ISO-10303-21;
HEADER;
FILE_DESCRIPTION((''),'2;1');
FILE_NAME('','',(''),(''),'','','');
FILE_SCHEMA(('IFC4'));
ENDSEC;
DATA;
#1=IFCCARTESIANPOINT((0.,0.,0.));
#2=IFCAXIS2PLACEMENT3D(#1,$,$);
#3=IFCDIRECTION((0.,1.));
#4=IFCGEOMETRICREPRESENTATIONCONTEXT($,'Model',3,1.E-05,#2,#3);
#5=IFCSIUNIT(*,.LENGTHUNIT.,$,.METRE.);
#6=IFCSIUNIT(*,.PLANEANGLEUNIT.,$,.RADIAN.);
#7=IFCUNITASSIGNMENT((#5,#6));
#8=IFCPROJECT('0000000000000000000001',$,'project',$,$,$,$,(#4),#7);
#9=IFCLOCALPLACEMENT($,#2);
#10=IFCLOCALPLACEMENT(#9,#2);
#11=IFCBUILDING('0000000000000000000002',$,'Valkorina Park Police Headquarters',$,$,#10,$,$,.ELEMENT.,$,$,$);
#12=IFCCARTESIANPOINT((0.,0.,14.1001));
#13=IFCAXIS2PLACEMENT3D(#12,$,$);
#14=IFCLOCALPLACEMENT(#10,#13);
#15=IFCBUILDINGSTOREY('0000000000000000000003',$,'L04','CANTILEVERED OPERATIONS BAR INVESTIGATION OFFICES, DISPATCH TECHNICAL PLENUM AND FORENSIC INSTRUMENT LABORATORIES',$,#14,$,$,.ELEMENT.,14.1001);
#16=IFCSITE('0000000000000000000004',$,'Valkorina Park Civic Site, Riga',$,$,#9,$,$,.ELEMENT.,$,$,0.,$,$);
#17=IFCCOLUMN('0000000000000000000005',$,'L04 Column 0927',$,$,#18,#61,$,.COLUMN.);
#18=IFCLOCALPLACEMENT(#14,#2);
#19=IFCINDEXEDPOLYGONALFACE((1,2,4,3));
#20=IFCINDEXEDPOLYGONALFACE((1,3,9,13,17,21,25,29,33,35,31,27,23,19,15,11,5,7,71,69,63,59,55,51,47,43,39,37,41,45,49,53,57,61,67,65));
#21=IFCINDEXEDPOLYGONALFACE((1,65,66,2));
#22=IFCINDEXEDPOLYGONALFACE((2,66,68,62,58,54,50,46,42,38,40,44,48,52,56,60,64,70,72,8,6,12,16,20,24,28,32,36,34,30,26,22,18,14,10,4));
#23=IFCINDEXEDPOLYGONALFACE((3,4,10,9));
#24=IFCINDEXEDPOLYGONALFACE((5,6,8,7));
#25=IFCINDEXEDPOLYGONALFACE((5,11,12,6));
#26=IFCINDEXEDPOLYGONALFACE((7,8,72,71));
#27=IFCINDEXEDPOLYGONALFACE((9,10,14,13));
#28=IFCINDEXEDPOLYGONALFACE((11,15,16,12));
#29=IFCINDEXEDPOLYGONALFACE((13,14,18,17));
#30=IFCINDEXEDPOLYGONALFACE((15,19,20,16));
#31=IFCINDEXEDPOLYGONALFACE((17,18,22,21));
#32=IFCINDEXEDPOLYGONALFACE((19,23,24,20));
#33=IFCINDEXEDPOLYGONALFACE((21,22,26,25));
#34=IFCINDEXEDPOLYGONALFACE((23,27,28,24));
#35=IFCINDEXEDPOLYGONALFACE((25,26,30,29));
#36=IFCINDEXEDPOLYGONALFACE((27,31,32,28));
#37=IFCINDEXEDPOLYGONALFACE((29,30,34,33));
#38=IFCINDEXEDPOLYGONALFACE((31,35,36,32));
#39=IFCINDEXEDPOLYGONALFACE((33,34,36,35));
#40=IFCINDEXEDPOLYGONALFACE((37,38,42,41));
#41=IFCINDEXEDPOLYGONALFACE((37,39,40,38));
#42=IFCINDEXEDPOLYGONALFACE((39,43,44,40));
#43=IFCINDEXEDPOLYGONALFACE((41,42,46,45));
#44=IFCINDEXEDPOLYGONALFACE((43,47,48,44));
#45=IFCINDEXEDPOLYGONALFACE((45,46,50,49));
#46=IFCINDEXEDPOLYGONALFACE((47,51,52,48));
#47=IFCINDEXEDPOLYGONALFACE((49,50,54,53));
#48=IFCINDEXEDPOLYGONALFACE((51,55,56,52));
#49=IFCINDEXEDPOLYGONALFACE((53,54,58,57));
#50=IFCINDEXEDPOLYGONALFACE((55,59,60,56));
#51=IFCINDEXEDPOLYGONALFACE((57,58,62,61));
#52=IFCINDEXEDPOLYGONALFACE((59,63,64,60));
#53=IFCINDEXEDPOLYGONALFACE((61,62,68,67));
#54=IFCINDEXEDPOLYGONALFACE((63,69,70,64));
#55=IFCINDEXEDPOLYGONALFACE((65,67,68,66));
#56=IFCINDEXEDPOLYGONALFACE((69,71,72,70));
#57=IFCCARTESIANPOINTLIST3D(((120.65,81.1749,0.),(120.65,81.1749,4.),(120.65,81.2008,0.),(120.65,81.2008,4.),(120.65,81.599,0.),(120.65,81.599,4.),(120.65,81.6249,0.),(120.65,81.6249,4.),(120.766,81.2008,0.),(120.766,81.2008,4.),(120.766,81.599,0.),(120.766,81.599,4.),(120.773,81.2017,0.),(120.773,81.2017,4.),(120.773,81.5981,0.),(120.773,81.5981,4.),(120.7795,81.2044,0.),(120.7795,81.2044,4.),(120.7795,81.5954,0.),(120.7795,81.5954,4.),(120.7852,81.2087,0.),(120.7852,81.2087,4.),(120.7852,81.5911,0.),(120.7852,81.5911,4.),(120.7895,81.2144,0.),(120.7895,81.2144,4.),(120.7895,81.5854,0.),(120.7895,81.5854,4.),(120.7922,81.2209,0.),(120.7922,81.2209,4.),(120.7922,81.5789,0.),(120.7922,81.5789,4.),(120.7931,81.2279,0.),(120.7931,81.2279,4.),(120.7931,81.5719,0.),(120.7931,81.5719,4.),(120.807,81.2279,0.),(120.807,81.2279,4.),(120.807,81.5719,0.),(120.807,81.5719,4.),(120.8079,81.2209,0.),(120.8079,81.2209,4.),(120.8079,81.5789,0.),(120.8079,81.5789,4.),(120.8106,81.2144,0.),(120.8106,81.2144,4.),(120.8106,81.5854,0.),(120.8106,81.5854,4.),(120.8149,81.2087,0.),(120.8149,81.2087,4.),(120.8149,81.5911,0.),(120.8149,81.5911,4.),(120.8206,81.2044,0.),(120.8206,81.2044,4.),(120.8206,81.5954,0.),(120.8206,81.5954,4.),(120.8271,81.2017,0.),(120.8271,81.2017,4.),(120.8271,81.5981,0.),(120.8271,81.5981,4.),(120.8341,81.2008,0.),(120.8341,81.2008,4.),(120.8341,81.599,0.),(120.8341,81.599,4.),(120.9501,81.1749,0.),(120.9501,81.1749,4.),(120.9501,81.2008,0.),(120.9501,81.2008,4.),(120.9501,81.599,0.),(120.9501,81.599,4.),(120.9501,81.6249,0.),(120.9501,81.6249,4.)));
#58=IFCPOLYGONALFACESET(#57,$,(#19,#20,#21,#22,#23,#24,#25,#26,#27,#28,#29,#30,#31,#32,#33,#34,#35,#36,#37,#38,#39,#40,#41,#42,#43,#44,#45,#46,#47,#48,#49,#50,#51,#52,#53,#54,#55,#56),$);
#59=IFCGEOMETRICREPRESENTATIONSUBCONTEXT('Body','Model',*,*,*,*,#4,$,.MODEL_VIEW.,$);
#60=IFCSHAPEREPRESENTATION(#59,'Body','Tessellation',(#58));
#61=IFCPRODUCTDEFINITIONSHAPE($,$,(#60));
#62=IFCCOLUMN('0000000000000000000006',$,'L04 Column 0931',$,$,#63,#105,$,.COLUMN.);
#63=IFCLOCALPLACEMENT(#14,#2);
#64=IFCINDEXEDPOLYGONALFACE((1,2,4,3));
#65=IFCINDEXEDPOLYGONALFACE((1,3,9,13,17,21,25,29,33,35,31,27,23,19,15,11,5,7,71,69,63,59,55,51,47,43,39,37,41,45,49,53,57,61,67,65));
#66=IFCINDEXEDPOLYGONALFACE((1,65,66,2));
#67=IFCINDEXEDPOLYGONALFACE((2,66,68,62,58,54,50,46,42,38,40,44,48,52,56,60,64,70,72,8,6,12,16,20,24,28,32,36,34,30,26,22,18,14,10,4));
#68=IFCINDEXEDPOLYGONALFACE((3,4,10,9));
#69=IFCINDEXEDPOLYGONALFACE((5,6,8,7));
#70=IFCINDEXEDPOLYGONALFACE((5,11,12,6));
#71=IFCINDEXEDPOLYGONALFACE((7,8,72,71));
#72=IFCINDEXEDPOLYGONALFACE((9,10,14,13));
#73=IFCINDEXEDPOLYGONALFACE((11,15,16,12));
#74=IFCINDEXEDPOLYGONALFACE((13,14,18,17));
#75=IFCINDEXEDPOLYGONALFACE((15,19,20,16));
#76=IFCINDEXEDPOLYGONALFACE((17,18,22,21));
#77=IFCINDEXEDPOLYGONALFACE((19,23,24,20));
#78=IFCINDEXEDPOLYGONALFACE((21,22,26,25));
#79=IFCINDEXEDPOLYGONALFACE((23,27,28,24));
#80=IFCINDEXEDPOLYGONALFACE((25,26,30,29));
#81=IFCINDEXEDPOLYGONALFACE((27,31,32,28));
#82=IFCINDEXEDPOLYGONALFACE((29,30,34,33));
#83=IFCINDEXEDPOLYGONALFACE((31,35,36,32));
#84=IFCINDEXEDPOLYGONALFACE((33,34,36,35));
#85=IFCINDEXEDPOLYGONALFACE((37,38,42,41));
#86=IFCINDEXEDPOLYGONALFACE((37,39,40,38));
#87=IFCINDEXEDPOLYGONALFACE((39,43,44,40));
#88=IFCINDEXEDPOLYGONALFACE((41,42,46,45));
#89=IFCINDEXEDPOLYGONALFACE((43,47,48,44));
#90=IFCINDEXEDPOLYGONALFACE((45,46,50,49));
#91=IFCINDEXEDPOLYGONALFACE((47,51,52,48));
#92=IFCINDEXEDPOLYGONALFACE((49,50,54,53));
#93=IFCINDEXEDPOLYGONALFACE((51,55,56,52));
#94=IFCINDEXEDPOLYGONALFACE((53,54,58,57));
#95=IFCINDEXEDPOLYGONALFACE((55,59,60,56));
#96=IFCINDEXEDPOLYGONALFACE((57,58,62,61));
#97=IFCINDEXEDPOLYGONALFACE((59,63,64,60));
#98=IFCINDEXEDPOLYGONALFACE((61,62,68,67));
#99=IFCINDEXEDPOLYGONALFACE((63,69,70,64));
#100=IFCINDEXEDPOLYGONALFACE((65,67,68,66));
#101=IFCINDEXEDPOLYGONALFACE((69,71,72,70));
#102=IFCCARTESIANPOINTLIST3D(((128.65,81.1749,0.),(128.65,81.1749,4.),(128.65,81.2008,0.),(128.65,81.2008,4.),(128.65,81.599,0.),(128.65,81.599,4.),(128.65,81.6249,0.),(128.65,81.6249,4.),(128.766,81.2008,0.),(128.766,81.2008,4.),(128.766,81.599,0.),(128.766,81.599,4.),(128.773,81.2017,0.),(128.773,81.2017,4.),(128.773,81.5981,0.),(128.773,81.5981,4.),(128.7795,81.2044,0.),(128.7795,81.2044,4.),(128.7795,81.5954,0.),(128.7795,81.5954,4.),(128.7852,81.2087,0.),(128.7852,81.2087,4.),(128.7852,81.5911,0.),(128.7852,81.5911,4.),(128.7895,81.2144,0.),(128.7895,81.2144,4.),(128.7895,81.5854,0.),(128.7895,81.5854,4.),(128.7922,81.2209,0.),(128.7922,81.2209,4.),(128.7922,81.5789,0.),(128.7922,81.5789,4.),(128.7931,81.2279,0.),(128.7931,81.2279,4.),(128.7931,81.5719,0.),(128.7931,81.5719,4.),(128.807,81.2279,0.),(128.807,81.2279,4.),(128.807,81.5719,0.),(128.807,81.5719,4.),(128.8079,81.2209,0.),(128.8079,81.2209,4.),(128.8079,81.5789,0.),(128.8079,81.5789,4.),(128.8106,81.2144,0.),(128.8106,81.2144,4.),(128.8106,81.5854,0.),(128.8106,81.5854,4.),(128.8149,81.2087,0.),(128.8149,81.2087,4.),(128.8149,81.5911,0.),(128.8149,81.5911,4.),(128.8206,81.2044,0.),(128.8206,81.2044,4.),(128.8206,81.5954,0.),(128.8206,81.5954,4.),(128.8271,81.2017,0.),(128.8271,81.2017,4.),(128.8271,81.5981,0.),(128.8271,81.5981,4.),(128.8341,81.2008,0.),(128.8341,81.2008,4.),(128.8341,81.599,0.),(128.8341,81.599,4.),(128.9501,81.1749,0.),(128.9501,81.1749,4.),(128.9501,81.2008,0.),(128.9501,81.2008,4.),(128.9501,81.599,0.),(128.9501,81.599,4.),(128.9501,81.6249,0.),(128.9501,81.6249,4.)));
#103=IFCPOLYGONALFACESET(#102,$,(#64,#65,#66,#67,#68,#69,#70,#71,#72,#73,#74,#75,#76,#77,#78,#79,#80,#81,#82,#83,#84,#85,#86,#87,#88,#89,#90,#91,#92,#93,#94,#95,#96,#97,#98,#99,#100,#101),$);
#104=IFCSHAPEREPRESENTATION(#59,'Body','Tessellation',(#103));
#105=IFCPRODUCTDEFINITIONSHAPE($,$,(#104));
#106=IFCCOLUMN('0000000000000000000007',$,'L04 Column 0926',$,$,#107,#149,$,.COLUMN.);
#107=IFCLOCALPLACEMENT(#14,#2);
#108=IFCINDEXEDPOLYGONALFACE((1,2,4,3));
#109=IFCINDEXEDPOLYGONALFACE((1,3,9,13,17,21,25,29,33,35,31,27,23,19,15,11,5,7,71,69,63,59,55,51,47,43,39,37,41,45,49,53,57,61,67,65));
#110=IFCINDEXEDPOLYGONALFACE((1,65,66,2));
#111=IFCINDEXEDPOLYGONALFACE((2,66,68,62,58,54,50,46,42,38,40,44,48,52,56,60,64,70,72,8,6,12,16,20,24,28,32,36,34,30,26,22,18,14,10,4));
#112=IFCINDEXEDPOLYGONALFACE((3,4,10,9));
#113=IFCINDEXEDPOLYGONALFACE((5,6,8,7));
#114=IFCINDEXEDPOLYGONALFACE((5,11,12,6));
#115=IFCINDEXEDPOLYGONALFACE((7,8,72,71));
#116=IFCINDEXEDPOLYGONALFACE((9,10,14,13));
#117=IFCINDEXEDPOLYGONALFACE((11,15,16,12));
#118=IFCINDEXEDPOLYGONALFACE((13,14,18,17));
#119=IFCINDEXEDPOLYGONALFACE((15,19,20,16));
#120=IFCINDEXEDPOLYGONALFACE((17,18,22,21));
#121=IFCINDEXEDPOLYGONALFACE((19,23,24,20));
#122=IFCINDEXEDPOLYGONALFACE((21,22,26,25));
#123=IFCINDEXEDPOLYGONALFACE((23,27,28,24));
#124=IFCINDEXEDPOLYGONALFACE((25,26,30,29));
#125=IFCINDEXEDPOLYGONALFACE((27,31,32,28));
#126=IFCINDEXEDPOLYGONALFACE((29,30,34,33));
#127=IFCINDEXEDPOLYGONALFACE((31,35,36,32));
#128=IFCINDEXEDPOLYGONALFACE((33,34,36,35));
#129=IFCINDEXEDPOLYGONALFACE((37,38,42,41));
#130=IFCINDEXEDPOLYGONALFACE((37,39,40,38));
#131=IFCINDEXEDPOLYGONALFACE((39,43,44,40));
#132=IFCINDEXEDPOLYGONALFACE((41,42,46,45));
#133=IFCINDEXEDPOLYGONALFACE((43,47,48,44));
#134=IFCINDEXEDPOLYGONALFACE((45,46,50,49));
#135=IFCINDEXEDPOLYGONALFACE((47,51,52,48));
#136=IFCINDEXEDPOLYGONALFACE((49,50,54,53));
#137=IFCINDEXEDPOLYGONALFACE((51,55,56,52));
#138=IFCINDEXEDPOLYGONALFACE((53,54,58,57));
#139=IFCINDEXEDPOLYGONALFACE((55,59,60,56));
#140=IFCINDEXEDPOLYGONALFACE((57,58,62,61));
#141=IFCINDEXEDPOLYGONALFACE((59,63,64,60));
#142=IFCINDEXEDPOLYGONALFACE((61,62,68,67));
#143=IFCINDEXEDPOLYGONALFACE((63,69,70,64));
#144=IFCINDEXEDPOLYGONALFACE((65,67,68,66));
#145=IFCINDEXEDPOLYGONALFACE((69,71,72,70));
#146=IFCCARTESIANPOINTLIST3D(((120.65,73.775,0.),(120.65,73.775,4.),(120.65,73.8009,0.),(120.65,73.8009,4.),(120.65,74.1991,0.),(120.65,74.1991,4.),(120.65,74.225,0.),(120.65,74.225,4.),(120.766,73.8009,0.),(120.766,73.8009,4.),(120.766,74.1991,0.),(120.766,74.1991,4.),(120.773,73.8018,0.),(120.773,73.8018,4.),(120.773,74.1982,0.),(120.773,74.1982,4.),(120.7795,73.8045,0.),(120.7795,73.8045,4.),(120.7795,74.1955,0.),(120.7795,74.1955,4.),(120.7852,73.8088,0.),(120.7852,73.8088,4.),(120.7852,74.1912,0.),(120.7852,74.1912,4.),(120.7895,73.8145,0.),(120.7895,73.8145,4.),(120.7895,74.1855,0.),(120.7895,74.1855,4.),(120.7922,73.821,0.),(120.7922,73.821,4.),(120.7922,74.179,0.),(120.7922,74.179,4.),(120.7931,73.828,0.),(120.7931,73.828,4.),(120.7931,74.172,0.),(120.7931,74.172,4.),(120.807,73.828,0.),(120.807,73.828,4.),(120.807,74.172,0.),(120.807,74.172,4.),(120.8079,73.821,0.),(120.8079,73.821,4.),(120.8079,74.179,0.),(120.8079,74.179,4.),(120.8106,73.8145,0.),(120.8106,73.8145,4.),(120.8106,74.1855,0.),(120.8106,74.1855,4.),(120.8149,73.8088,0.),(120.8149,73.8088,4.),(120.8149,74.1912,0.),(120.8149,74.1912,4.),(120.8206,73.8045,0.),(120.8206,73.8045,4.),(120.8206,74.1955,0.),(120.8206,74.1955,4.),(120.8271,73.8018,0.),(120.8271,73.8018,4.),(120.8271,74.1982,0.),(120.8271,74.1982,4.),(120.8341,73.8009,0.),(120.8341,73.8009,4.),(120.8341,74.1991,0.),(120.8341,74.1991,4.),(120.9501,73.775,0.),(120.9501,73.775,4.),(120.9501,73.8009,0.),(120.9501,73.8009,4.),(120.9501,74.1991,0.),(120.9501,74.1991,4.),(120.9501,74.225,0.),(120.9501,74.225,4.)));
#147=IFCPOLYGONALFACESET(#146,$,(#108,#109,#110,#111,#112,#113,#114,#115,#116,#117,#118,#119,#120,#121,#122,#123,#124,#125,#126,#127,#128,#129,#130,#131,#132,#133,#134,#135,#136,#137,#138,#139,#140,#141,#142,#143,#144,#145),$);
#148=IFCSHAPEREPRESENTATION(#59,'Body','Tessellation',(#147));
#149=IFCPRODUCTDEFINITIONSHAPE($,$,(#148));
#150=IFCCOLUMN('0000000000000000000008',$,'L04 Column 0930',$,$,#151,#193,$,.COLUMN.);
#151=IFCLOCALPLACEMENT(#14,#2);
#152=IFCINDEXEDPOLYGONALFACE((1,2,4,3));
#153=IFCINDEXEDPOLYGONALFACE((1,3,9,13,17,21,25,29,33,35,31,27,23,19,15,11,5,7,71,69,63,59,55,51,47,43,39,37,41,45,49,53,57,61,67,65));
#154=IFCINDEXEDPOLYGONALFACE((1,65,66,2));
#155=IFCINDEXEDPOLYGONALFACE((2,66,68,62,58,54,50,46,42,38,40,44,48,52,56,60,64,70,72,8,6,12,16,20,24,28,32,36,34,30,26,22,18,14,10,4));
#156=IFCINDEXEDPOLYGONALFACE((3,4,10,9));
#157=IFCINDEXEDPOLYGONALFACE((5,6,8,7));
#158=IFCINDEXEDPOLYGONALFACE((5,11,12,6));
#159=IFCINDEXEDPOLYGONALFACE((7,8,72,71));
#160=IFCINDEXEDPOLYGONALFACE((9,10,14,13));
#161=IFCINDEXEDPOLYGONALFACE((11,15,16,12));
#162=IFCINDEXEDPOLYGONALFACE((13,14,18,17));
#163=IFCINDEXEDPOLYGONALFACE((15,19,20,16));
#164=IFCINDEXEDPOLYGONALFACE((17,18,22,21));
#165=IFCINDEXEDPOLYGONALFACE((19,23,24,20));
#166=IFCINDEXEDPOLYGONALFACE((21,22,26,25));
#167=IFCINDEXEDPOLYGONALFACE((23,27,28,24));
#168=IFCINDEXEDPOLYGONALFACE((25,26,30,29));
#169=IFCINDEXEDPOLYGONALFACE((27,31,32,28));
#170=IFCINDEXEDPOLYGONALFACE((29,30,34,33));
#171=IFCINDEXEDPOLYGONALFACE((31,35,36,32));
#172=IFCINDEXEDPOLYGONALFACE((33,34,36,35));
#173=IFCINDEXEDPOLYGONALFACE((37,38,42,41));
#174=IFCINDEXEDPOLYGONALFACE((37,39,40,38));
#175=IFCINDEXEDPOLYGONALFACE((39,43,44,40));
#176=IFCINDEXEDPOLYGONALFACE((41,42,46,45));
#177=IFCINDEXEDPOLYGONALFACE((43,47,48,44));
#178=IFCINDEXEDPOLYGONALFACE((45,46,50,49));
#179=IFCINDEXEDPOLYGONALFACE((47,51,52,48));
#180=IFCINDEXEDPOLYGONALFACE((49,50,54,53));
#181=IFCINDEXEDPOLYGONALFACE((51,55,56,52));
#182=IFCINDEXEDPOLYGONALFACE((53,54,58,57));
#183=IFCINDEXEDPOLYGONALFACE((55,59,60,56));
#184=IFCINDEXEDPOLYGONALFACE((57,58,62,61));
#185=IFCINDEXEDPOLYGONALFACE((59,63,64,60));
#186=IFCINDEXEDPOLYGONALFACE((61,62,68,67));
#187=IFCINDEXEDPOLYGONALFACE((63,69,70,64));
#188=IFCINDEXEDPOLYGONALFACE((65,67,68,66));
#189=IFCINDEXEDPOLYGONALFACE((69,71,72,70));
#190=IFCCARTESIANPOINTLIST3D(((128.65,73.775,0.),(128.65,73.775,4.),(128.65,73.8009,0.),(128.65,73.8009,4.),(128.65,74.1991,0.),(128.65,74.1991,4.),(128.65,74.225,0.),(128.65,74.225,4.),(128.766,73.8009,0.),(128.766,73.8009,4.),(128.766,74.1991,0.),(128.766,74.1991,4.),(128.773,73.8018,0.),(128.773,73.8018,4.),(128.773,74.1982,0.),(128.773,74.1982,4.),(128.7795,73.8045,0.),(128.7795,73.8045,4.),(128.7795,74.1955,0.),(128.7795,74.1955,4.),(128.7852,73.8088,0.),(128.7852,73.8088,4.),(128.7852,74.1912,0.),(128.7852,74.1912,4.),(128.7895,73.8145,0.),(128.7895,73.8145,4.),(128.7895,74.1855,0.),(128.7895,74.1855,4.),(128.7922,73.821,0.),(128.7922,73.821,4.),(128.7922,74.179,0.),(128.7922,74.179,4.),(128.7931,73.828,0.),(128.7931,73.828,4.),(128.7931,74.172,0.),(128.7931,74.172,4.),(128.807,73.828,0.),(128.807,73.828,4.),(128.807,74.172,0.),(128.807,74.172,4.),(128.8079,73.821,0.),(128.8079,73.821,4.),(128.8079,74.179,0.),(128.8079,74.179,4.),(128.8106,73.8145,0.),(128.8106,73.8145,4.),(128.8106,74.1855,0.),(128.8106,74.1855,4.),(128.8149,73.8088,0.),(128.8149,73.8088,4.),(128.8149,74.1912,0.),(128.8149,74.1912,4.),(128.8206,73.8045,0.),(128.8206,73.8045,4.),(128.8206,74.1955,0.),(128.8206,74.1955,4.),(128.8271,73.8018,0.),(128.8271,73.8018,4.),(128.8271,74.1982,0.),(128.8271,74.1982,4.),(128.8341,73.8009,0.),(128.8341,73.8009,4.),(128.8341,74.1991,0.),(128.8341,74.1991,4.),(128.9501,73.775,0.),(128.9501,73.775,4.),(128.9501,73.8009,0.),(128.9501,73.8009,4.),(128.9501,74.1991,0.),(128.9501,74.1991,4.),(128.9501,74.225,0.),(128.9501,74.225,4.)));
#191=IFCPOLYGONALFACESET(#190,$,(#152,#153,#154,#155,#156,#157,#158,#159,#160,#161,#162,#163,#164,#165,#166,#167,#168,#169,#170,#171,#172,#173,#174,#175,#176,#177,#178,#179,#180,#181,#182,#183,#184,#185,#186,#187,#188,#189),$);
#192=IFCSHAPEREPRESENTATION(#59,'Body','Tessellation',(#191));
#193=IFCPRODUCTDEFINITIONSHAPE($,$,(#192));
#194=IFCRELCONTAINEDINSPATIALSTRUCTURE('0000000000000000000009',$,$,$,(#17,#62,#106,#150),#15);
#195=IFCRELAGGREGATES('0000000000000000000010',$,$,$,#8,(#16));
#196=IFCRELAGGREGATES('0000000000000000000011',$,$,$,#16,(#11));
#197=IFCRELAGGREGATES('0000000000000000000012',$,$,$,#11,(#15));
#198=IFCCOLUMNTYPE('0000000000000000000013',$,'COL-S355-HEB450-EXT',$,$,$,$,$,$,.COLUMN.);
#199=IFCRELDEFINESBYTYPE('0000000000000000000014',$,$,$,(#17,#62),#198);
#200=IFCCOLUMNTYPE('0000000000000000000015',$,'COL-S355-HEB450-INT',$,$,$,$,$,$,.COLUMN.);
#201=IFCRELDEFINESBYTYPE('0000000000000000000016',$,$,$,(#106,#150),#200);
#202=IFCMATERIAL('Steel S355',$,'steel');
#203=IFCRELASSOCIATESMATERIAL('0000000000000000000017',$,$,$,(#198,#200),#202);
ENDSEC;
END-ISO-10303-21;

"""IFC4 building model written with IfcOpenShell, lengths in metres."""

from ifc_helpers import new_model, si_unit, direction, frame, origin, origin_2d, place, context, subcontext, project, spatial, i_section, extrude, material, material_profile, profile_set, type_object, element, save


model = new_model("IFC4")

# Units and contexts
model_context = context("Model", 3, precision=1e-05, world=origin(), true_north=direction((0.0, 1.0)))
body_context = subcontext(model_context, "Body", "Model", "MODEL_VIEW")
ifc_project = project(units=[si_unit("LENGTHUNIT", "METRE"), si_unit("PLANEANGLEUNIT", "RADIAN")], contexts=[model_context])

# Site, building, storey
site_placement = place(None, origin())
site = spatial("IfcSite", under=ifc_project, at=site_placement, Name="Valkorina Park Civic Site, Riga", CompositionType="ELEMENT", RefElevation=0.0)
building_placement = place(site_placement, origin())
building = spatial("IfcBuilding", under=site, at=building_placement, Name="Valkorina Park Police Headquarters", CompositionType="ELEMENT")
storey_placement = place(building_placement, frame((0.0, 0.0, 14.1001)))
storey = spatial("IfcBuildingStorey", under=building, at=storey_placement, Name="L04", Description="CANTILEVERED OPERATIONS BAR INVESTIGATION OFFICES, DISPATCH TECHNICAL PLENUM AND FORENSIC INSTRUMENT LABORATORIES", CompositionType="ELEMENT", Elevation=14.1001)

# Columns
ifc_material_1 = material(Name="Steel S355", Category="steel")
ifc_material_profile_1 = material_profile(ifc_material_1, i_section(OverallWidth=0.3, OverallDepth=0.45, WebThickness=0.0139, FlangeThickness=0.0259, FilletRadius=0.0271, at=origin_2d()), Name="HEB 450")
ifc_profile_set_1 = profile_set([ifc_material_profile_1], Name="Steel S355")
column_type_1 = type_object("IfcColumnType", Name="COL-S355-HEB450-EXT", PredefinedType="COLUMN", material=ifc_profile_set_1)
for number, where, z_axis, x_axis, name in (
    (1, (120.8, 81.3999, 0.0), (0.0, 0.0, 1.0), (1.0, 0.0, 0.0), "L04 Column 0927"),
    (2, (128.8, 81.3999, 0.0), (0.0, 0.0, 1.0), (1.0, 0.0, 0.0), "L04 Column 0931"),
):
    element("IfcColumn", number, at=place(storey_placement, frame(where, z_axis=z_axis, x_axis=x_axis)), inside=storey, type_object=column_type_1, Name=name, PredefinedType="COLUMN", context=body_context, shape_type="SweptSolid", body=[
        extrude(i_section(OverallWidth=0.3, OverallDepth=0.45, WebThickness=0.0139, FlangeThickness=0.0259, FilletRadius=0.0271, at=origin_2d()), origin(), (0.0, 0.0, 1.0), 4.0),
    ])
ifc_material_profile_2 = material_profile(ifc_material_1, i_section(OverallWidth=0.3, OverallDepth=0.45, WebThickness=0.0139, FlangeThickness=0.0259, FilletRadius=0.0271, at=origin_2d()), Name="HEB 450")
ifc_profile_set_2 = profile_set([ifc_material_profile_2], Name="Steel S355")
column_type_2 = type_object("IfcColumnType", Name="COL-S355-HEB450-INT", PredefinedType="COLUMN", material=ifc_profile_set_2)
for number, where, z_axis, x_axis, name in (
    (3, (120.8, 74.0, 0.0), (0.0, 0.0, 1.0), (1.0, 0.0, 0.0), "L04 Column 0926"),
    (4, (128.8, 74.0, 0.0), (0.0, 0.0, 1.0), (1.0, 0.0, 0.0), "L04 Column 0930"),
):
    element("IfcColumn", number, at=place(storey_placement, frame(where, z_axis=z_axis, x_axis=x_axis)), inside=storey, type_object=column_type_2, Name=name, PredefinedType="COLUMN", context=body_context, shape_type="SweptSolid", body=[
        extrude(i_section(OverallWidth=0.3, OverallDepth=0.45, WebThickness=0.0139, FlangeThickness=0.0259, FilletRadius=0.0271, at=origin_2d()), origin(), (0.0, 0.0, 1.0), 4.0),
    ])

save(model, "model.ifc")
